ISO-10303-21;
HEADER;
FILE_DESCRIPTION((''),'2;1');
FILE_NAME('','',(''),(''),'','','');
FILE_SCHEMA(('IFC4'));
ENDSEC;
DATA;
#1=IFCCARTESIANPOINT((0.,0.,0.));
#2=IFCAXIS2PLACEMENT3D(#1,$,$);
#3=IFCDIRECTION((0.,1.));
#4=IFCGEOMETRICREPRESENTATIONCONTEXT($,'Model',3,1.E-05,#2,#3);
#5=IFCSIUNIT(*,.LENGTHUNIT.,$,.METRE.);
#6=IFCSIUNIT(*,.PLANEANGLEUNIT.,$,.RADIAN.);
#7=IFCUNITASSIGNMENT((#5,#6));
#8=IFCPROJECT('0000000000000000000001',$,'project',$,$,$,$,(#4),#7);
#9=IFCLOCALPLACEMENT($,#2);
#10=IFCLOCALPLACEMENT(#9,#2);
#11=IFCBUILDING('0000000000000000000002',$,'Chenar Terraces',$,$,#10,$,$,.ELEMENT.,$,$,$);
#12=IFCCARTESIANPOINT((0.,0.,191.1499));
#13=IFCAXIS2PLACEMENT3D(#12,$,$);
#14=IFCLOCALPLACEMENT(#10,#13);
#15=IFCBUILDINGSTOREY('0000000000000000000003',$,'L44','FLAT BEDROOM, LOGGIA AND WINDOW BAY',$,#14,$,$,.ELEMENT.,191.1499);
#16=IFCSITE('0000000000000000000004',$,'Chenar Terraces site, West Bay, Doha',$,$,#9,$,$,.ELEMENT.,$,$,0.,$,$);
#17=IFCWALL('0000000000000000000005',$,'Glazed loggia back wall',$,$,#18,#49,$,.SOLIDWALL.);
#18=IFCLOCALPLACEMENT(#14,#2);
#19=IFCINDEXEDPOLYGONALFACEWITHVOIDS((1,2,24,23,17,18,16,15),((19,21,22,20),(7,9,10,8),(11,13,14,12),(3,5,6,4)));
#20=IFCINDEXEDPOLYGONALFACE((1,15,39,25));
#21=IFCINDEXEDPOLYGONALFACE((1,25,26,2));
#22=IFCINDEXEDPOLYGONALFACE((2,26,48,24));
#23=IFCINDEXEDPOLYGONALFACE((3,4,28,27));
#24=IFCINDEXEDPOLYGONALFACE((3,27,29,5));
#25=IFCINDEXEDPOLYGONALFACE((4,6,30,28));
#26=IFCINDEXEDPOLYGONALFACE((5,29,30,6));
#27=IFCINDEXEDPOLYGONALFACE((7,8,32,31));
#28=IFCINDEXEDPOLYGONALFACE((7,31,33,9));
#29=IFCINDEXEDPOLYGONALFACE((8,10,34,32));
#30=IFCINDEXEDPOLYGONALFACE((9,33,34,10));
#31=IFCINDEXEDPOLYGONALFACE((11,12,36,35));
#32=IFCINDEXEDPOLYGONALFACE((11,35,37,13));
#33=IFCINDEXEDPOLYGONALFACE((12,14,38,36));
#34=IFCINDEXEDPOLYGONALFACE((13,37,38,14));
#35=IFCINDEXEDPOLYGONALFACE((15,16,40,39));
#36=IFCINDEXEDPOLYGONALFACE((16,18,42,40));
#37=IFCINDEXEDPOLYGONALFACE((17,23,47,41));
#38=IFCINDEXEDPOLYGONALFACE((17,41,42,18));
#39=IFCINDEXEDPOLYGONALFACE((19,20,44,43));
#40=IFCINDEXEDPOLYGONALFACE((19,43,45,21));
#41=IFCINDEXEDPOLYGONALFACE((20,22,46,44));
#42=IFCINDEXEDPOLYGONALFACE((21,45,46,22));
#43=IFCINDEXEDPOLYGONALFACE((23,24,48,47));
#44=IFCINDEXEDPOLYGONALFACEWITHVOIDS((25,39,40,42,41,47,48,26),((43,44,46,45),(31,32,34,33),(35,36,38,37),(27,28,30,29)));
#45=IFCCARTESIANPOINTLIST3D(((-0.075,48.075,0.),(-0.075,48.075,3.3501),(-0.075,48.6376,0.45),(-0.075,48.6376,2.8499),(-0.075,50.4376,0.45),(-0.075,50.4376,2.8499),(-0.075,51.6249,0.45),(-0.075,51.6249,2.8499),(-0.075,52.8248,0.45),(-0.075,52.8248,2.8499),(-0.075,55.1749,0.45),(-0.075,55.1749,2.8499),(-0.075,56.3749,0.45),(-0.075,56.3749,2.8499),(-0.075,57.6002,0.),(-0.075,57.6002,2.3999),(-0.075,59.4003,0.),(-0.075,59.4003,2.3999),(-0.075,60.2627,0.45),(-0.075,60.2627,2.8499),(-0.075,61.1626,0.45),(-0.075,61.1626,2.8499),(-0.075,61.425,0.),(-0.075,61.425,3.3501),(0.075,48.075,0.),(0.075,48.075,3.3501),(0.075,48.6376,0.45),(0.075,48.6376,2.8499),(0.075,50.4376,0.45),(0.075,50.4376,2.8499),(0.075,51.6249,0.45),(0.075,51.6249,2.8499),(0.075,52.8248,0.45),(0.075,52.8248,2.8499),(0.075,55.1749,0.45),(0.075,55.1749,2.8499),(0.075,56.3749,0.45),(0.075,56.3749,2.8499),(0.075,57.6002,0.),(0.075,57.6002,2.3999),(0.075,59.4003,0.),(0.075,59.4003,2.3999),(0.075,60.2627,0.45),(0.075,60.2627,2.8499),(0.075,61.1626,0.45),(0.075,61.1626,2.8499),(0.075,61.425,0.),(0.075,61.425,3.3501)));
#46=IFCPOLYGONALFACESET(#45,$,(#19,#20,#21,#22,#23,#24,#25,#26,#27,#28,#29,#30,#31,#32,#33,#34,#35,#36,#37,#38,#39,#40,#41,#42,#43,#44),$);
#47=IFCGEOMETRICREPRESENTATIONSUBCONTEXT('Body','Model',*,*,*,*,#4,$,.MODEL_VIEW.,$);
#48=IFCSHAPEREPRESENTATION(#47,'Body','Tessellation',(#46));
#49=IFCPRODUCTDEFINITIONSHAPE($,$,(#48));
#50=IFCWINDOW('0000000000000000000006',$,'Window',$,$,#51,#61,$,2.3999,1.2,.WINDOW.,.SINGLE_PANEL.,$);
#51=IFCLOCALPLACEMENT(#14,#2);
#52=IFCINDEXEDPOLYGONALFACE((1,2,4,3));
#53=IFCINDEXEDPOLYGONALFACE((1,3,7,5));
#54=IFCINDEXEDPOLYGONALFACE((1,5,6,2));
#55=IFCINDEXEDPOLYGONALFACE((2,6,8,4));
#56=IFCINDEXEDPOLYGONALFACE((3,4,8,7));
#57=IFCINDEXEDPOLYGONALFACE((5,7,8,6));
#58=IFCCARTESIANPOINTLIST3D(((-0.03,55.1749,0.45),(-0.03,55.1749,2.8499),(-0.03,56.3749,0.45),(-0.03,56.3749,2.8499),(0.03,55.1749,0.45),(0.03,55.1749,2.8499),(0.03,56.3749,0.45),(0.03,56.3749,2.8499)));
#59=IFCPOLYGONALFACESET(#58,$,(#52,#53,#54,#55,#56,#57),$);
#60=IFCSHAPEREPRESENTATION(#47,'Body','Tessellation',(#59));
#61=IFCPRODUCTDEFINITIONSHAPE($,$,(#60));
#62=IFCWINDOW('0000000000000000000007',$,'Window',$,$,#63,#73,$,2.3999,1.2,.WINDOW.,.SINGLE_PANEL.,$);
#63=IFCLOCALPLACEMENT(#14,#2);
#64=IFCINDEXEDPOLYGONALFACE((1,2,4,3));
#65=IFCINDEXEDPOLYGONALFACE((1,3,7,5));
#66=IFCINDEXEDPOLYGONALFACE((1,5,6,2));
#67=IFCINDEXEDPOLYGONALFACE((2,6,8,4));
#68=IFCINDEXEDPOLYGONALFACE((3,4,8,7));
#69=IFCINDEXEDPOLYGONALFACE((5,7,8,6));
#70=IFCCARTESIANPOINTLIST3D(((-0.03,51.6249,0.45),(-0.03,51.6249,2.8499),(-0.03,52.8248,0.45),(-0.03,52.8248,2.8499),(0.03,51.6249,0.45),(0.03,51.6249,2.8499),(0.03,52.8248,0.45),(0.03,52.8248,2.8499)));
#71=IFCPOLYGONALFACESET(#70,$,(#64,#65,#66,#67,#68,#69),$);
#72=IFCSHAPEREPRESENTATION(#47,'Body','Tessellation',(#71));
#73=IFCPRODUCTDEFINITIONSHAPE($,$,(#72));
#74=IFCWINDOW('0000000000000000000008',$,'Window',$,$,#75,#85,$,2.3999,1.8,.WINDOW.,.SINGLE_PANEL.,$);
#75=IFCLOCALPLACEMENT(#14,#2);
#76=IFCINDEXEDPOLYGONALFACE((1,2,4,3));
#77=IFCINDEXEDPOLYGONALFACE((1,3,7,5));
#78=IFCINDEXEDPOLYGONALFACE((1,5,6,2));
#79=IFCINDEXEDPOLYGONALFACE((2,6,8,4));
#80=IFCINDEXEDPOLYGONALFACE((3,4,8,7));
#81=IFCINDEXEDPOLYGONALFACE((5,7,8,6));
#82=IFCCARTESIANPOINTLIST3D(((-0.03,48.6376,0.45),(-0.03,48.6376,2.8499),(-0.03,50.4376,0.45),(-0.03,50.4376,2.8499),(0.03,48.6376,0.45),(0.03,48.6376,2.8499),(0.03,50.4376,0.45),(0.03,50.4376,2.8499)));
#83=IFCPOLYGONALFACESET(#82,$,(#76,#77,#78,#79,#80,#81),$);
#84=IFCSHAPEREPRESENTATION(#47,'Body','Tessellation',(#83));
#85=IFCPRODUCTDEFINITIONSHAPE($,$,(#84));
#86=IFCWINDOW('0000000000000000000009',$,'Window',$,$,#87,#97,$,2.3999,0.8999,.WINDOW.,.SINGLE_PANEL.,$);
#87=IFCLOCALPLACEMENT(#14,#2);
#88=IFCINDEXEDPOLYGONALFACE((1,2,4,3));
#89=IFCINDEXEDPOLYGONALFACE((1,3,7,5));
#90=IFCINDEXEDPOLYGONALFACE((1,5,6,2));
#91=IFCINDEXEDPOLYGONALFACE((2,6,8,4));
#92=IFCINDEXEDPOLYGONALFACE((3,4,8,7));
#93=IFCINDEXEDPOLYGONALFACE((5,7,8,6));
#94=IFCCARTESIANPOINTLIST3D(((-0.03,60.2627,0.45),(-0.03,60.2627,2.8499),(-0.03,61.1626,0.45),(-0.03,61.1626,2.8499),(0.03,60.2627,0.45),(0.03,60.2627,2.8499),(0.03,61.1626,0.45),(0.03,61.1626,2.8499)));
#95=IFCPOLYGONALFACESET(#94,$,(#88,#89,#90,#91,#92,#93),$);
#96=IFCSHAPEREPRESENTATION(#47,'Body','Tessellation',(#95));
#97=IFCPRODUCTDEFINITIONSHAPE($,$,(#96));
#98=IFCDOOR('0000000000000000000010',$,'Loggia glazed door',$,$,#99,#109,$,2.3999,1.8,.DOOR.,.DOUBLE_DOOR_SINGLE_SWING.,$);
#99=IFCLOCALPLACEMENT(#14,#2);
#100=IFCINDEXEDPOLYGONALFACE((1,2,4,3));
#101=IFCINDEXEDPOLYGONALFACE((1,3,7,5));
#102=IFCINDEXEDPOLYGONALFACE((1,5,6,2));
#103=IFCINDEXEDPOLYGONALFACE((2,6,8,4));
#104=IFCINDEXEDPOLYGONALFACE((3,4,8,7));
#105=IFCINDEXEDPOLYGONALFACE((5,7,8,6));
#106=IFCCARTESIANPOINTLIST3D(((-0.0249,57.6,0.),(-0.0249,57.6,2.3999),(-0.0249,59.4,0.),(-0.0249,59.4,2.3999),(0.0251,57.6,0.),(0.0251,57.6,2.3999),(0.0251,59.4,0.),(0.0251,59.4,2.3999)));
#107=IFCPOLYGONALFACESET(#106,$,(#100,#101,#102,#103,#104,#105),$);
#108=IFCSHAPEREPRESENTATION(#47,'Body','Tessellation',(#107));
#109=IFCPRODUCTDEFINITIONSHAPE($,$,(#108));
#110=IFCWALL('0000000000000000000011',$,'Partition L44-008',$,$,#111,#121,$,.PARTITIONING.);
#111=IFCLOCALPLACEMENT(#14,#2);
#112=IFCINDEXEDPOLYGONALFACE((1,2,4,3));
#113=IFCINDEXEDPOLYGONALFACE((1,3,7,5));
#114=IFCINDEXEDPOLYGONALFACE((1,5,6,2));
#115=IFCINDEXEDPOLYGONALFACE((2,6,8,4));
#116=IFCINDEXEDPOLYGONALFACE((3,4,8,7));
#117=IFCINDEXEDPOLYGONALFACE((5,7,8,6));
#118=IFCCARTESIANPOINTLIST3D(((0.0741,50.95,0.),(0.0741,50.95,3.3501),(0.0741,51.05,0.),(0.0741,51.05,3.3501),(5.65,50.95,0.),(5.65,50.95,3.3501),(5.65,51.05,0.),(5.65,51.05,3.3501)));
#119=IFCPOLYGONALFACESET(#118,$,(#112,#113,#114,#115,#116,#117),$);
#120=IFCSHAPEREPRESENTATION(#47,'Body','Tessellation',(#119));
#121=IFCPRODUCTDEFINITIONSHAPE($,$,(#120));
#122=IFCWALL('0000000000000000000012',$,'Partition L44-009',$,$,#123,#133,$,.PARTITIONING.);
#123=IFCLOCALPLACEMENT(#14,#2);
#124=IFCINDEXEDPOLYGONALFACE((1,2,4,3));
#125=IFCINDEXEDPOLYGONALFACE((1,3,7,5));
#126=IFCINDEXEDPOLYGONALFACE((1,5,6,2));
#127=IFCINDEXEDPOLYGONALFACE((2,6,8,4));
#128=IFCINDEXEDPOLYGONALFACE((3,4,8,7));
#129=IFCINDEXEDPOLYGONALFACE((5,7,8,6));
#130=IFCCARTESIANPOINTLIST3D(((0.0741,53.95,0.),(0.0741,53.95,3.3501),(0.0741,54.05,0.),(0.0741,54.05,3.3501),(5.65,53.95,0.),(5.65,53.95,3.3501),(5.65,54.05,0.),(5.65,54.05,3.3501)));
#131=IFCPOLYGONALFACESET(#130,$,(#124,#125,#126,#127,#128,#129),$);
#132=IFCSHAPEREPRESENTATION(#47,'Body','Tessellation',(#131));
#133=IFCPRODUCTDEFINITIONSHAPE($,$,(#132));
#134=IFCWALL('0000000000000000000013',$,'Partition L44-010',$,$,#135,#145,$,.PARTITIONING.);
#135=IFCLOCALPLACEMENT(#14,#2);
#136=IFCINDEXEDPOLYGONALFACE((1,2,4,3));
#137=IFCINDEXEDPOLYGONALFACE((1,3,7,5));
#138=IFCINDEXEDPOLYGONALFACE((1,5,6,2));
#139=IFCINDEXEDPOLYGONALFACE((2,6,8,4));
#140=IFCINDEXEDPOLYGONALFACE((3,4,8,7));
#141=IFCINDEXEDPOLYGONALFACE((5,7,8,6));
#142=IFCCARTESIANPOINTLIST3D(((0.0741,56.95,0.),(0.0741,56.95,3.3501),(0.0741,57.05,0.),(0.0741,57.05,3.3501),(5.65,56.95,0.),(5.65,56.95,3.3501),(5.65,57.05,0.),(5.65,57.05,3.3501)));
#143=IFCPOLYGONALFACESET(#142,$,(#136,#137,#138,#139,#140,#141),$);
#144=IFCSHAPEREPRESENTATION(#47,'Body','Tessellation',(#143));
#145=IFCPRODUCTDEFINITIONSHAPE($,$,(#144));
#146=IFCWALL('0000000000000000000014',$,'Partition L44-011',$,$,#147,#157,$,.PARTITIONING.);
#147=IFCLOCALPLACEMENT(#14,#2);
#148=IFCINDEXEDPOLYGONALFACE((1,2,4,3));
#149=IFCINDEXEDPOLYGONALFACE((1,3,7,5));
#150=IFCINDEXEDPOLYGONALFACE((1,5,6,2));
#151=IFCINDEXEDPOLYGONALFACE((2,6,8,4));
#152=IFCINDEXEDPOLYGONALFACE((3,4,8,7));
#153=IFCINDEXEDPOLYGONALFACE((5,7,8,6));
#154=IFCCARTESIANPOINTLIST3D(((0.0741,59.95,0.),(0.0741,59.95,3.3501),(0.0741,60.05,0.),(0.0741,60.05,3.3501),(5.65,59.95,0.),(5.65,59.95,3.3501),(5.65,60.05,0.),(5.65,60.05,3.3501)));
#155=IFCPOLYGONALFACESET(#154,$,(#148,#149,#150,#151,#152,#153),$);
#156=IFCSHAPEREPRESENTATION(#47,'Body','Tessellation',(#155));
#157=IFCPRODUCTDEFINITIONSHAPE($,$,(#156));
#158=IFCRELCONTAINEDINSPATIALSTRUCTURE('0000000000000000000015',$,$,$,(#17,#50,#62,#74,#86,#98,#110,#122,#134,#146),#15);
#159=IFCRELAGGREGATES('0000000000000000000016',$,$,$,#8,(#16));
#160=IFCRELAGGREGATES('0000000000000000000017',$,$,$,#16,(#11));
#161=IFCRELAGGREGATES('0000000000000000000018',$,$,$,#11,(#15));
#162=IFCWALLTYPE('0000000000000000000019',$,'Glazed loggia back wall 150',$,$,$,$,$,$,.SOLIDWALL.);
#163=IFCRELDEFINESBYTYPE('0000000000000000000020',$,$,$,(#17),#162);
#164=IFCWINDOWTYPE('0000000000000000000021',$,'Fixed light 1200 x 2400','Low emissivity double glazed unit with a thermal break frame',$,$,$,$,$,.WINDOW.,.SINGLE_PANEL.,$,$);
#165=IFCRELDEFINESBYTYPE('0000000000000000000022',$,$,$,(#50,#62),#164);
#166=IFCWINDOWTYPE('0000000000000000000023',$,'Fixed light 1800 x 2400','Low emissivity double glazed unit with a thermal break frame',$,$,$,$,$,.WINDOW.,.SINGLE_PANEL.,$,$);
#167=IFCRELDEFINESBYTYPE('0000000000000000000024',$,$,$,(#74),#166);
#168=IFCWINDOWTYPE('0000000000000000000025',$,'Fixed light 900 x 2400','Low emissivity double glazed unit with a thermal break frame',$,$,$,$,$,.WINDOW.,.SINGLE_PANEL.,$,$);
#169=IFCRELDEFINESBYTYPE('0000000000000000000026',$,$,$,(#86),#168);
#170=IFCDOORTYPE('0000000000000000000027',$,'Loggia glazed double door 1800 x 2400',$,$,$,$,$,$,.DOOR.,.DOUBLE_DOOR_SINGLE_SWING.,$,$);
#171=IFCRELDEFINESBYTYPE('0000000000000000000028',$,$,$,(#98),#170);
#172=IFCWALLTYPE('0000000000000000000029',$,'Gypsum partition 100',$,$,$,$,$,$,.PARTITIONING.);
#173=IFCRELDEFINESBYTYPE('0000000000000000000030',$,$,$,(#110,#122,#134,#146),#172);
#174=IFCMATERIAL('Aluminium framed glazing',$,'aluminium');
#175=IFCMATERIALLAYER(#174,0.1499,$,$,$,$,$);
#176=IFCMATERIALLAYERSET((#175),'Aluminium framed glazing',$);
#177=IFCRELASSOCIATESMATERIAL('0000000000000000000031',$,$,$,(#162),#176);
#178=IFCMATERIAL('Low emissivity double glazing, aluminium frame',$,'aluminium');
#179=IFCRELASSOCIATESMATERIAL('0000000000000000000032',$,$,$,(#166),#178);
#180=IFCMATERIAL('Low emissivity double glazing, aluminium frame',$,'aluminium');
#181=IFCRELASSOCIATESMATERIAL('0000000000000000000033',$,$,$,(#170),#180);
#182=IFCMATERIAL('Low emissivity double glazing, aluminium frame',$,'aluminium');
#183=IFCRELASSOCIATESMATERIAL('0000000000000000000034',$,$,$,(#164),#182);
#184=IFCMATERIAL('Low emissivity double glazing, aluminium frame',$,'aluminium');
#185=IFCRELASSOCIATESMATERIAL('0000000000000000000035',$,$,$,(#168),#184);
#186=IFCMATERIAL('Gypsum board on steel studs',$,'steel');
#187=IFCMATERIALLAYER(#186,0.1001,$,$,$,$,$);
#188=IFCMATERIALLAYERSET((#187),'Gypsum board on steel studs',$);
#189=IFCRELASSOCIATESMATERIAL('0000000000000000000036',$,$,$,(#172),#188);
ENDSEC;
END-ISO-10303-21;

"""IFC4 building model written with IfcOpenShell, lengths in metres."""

from ifc_helpers import new_model, si_unit, direction, frame, frame_2d, origin, place, context, subcontext, project, spatial, rectangle, extrude, material, layer, layer_set, type_object, element, fill, save


model = new_model("IFC4")

# Units and contexts
model_context = context("Model", 3, precision=1e-05, world=origin(), true_north=direction((0.0, 1.0)))
body_context = subcontext(model_context, "Body", "Model", "MODEL_VIEW")
ifc_project = project(units=[si_unit("LENGTHUNIT", "METRE"), si_unit("PLANEANGLEUNIT", "RADIAN")], contexts=[model_context])

# Site, building, storey
site_placement = place(None, origin())
site = spatial("IfcSite", under=ifc_project, at=site_placement, Name="Chenar Terraces site, West Bay, Doha", CompositionType="ELEMENT", RefElevation=0.0)
building_placement = place(site_placement, origin())
building = spatial("IfcBuilding", under=site, at=building_placement, Name="Chenar Terraces", CompositionType="ELEMENT")
storey_placement = place(building_placement, frame((0.0, 0.0, 191.1499)))
storey = spatial("IfcBuildingStorey", under=building, at=storey_placement, Name="L44", Description="FLAT BEDROOM, LOGGIA AND WINDOW BAY", CompositionType="ELEMENT", Elevation=191.1499)

# Shared definitions
ifc_material_1 = material(Name="Aluminium framed glazing", Category="aluminium")
ifc_layer_1 = layer(ifc_material_1, 0.1499)
ifc_layer_set_1 = layer_set([ifc_layer_1], Name="Aluminium framed glazing")
wall_type_1 = type_object("IfcWallType", Name="Glazed loggia back wall 150", PredefinedType="SOLIDWALL", material=ifc_layer_set_1)
ifc_material_2 = material(Name="Low emissivity double glazing, aluminium frame", Category="aluminium")
window_type_1 = type_object("IfcWindowType", Name="Fixed light 1800 x 2400", Description="Low emissivity double glazed unit with a thermal break frame", PartitioningType="SINGLE_PANEL", PredefinedType="WINDOW", material=ifc_material_2)
ifc_material_3 = material(Name="Low emissivity double glazing, aluminium frame", Category="aluminium")
door_type_1 = type_object("IfcDoorType", Name="Loggia glazed double door 1800 x 2400", OperationType="DOUBLE_DOOR_SINGLE_SWING", PredefinedType="DOOR", material=ifc_material_3)

# Wall, openings, windows, door
wall_1_placement = place(storey_placement, frame((0.0, 61.425, 0.0), z_axis=(0.0, 0.0, 1.0), x_axis=(0.0, -1.0, 0.0)))
wall_1 = element("IfcWall", 1, at=wall_1_placement, inside=storey, type_object=wall_type_1, Name="Glazed loggia back wall", PredefinedType="SOLIDWALL", context=body_context, shape_type="SweptSolid", body=[
    extrude(rectangle(XDim=13.3501, YDim=0.1499, at=frame_2d((6.675, 0.0))), origin(), (0.0, 0.0, 1.0), 3.3501),
])
opening_1_placement = place(wall_1_placement, frame((0.2625, 0.0, 0.45)))
opening_1 = element("IfcOpeningElement", 2, at=opening_1_placement, cuts=wall_1, PredefinedType="OPENING", context=body_context, shape_type="SweptSolid", body=[
    extrude(rectangle(XDim=0.8999, YDim=2.3999, at=frame_2d((0.45, 1.2))), frame((0.0, 0.085, 0.0), z_axis=(0.0, -1.0, 0.0), x_axis=(1.0, 0.0, 0.0)), (0.0, 0.0, 1.0), 0.1699),
])
opening_2_placement = place(wall_1_placement, frame((2.0249, 0.0, 0.0)))
opening_2 = element("IfcOpeningElement", 3, at=opening_2_placement, cuts=wall_1, PredefinedType="OPENING", context=body_context, shape_type="SweptSolid", body=[
    extrude(rectangle(XDim=1.8, YDim=2.3999, at=frame_2d((0.8999, 1.2))), frame((0.0, 0.085, 0.0), z_axis=(0.0, -1.0, 0.0), x_axis=(1.0, 0.0, 0.0)), (0.0, 0.0, 1.0), 0.1699),
])
opening_3_placement = place(wall_1_placement, frame((5.05, 0.0, 0.45)))
opening_3 = element("IfcOpeningElement", 4, at=opening_3_placement, cuts=wall_1, PredefinedType="OPENING", context=body_context, shape_type="SweptSolid", body=[
    extrude(rectangle(XDim=1.2, YDim=2.3999, at=frame_2d((0.6001, 1.2))), frame((0.0, 0.085, 0.0), z_axis=(0.0, -1.0, 0.0), x_axis=(1.0, 0.0, 0.0)), (0.0, 0.0, 1.0), 0.1699),
])
opening_4_placement = place(wall_1_placement, frame((8.6001, 0.0, 0.45)))
opening_4 = element("IfcOpeningElement", 5, at=opening_4_placement, cuts=wall_1, PredefinedType="OPENING", context=body_context, shape_type="SweptSolid", body=[
    extrude(rectangle(XDim=1.2, YDim=2.3999, at=frame_2d((0.6001, 1.2))), frame((0.0, 0.085, 0.0), z_axis=(0.0, -1.0, 0.0), x_axis=(1.0, 0.0, 0.0)), (0.0, 0.0, 1.0), 0.1699),
])
opening_5_placement = place(wall_1_placement, frame((10.9875, 0.0, 0.45)))
opening_5 = element("IfcOpeningElement", 6, at=opening_5_placement, cuts=wall_1, PredefinedType="OPENING", context=body_context, shape_type="SweptSolid", body=[
    extrude(rectangle(XDim=1.8, YDim=2.3999, at=frame_2d((0.8999, 1.2))), frame((0.0, 0.085, 0.0), z_axis=(0.0, -1.0, 0.0), x_axis=(1.0, 0.0, 0.0)), (0.0, 0.0, 1.0), 0.1699),
])
ifc_material_4 = material(Name="Low emissivity double glazing, aluminium frame", Category="aluminium")
window_type_2 = type_object("IfcWindowType", Name="Fixed light 1200 x 2400", Description="Low emissivity double glazed unit with a thermal break frame", PartitioningType="SINGLE_PANEL", PredefinedType="WINDOW", material=ifc_material_4)
window_1_placement = place(opening_3_placement, origin())
window_1 = element("IfcWindow", 7, at=window_1_placement, inside=storey, type_object=window_type_2, Name="Window", OverallHeight=2.3999, OverallWidth=1.2, PartitioningType="SINGLE_PANEL", PredefinedType="WINDOW", context=body_context, shape_type="SweptSolid", body=[
    extrude(rectangle(XDim=1.2, YDim=2.3999, at=frame_2d((0.6001, 1.2))), frame((0.0, 0.03, 0.0), z_axis=(0.0, -1.0, 0.0), x_axis=(1.0, 0.0, 0.0)), (0.0, 0.0, 1.0), 0.0601),
])
fill(opening_3, window_1)
window_2_placement = place(opening_4_placement, origin())
window_2 = element("IfcWindow", 8, at=window_2_placement, inside=storey, type_object=window_type_2, Name="Window", OverallHeight=2.3999, OverallWidth=1.2, PartitioningType="SINGLE_PANEL", PredefinedType="WINDOW", context=body_context, shape_type="SweptSolid", body=[
    extrude(rectangle(XDim=1.2, YDim=2.3999, at=frame_2d((0.6001, 1.2))), frame((0.0, 0.03, 0.0), z_axis=(0.0, -1.0, 0.0), x_axis=(1.0, 0.0, 0.0)), (0.0, 0.0, 1.0), 0.0601),
])
fill(opening_4, window_2)
window_3_placement = place(opening_5_placement, origin())
window_3 = element("IfcWindow", 9, at=window_3_placement, inside=storey, type_object=window_type_1, Name="Window", OverallHeight=2.3999, OverallWidth=1.8, PartitioningType="SINGLE_PANEL", PredefinedType="WINDOW", context=body_context, shape_type="SweptSolid", body=[
    extrude(rectangle(XDim=1.8, YDim=2.3999, at=frame_2d((0.8999, 1.2))), frame((0.0, 0.03, 0.0), z_axis=(0.0, -1.0, 0.0), x_axis=(1.0, 0.0, 0.0)), (0.0, 0.0, 1.0), 0.0601),
])
fill(opening_5, window_3)
ifc_material_5 = material(Name="Low emissivity double glazing, aluminium frame", Category="aluminium")
window_type_3 = type_object("IfcWindowType", Name="Fixed light 900 x 2400", Description="Low emissivity double glazed unit with a thermal break frame", PartitioningType="SINGLE_PANEL", PredefinedType="WINDOW", material=ifc_material_5)
window_4_placement = place(opening_1_placement, origin())
window_4 = element("IfcWindow", 10, at=window_4_placement, inside=storey, type_object=window_type_3, Name="Window", OverallHeight=2.3999, OverallWidth=0.8999, PartitioningType="SINGLE_PANEL", PredefinedType="WINDOW", context=body_context, shape_type="SweptSolid", body=[
    extrude(rectangle(XDim=0.8999, YDim=2.3999, at=frame_2d((0.45, 1.2))), frame((0.0, 0.03, 0.0), z_axis=(0.0, -1.0, 0.0), x_axis=(1.0, 0.0, 0.0)), (0.0, 0.0, 1.0), 0.0601),
])
fill(opening_1, window_4)
door_1_placement = place(opening_2_placement, frame((1.8, 0.0, 0.0), z_axis=(0.0, 0.0, 1.0), x_axis=(-1.0, 0.0, 0.0)))
door_1 = element("IfcDoor", 11, at=door_1_placement, inside=storey, type_object=door_type_1, Name="Loggia glazed door", OperationType="DOUBLE_DOOR_SINGLE_SWING", OverallHeight=2.3999, OverallWidth=1.8, PredefinedType="DOOR", context=body_context, shape_type="SweptSolid", body=[
    extrude(rectangle(XDim=1.8, YDim=2.3999, at=frame_2d((0.8999, 1.2))), frame((0.0, 0.0249, 0.0), z_axis=(0.0, -1.0, 0.0), x_axis=(1.0, 0.0, 0.0)), (0.0, 0.0, 1.0), 0.05),
])
fill(opening_2, door_1)

# Walls
ifc_material_6 = material(Name="Gypsum board on steel studs", Category="steel")
ifc_layer_2 = layer(ifc_material_6, 0.1001)
ifc_layer_set_2 = layer_set([ifc_layer_2], Name="Gypsum board on steel studs")
wall_type_2 = type_object("IfcWallType", Name="Gypsum partition 100", PredefinedType="PARTITIONING", material=ifc_layer_set_2)
for number, where, z_axis, x_axis, name in (
    (12, (0.074, 51.0, 0.0), (0.0, 0.0, 1.0), (1.0, 0.0, 0.0), "Partition L44-008"),
    (13, (0.074, 54.0, 0.0), (0.0, 0.0, 1.0), (1.0, 0.0, 0.0), "Partition L44-009"),
    (14, (0.074, 57.0, 0.0), (0.0, 0.0, 1.0), (1.0, 0.0, 0.0), "Partition L44-010"),
    (15, (0.074, 60.0, 0.0), (0.0, 0.0, 1.0), (1.0, 0.0, 0.0), "Partition L44-011"),
):
    element("IfcWall", number, at=place(storey_placement, frame(where, z_axis=z_axis, x_axis=x_axis)), inside=storey, type_object=wall_type_2, Name=name, PredefinedType="PARTITIONING", context=body_context, shape_type="SweptSolid", body=[
        extrude(rectangle(XDim=5.5759, YDim=0.1001, at=frame_2d((2.7881, 0.0))), origin(), (0.0, 0.0, 1.0), 3.3501),
    ])

save(model, "model.ifc")
